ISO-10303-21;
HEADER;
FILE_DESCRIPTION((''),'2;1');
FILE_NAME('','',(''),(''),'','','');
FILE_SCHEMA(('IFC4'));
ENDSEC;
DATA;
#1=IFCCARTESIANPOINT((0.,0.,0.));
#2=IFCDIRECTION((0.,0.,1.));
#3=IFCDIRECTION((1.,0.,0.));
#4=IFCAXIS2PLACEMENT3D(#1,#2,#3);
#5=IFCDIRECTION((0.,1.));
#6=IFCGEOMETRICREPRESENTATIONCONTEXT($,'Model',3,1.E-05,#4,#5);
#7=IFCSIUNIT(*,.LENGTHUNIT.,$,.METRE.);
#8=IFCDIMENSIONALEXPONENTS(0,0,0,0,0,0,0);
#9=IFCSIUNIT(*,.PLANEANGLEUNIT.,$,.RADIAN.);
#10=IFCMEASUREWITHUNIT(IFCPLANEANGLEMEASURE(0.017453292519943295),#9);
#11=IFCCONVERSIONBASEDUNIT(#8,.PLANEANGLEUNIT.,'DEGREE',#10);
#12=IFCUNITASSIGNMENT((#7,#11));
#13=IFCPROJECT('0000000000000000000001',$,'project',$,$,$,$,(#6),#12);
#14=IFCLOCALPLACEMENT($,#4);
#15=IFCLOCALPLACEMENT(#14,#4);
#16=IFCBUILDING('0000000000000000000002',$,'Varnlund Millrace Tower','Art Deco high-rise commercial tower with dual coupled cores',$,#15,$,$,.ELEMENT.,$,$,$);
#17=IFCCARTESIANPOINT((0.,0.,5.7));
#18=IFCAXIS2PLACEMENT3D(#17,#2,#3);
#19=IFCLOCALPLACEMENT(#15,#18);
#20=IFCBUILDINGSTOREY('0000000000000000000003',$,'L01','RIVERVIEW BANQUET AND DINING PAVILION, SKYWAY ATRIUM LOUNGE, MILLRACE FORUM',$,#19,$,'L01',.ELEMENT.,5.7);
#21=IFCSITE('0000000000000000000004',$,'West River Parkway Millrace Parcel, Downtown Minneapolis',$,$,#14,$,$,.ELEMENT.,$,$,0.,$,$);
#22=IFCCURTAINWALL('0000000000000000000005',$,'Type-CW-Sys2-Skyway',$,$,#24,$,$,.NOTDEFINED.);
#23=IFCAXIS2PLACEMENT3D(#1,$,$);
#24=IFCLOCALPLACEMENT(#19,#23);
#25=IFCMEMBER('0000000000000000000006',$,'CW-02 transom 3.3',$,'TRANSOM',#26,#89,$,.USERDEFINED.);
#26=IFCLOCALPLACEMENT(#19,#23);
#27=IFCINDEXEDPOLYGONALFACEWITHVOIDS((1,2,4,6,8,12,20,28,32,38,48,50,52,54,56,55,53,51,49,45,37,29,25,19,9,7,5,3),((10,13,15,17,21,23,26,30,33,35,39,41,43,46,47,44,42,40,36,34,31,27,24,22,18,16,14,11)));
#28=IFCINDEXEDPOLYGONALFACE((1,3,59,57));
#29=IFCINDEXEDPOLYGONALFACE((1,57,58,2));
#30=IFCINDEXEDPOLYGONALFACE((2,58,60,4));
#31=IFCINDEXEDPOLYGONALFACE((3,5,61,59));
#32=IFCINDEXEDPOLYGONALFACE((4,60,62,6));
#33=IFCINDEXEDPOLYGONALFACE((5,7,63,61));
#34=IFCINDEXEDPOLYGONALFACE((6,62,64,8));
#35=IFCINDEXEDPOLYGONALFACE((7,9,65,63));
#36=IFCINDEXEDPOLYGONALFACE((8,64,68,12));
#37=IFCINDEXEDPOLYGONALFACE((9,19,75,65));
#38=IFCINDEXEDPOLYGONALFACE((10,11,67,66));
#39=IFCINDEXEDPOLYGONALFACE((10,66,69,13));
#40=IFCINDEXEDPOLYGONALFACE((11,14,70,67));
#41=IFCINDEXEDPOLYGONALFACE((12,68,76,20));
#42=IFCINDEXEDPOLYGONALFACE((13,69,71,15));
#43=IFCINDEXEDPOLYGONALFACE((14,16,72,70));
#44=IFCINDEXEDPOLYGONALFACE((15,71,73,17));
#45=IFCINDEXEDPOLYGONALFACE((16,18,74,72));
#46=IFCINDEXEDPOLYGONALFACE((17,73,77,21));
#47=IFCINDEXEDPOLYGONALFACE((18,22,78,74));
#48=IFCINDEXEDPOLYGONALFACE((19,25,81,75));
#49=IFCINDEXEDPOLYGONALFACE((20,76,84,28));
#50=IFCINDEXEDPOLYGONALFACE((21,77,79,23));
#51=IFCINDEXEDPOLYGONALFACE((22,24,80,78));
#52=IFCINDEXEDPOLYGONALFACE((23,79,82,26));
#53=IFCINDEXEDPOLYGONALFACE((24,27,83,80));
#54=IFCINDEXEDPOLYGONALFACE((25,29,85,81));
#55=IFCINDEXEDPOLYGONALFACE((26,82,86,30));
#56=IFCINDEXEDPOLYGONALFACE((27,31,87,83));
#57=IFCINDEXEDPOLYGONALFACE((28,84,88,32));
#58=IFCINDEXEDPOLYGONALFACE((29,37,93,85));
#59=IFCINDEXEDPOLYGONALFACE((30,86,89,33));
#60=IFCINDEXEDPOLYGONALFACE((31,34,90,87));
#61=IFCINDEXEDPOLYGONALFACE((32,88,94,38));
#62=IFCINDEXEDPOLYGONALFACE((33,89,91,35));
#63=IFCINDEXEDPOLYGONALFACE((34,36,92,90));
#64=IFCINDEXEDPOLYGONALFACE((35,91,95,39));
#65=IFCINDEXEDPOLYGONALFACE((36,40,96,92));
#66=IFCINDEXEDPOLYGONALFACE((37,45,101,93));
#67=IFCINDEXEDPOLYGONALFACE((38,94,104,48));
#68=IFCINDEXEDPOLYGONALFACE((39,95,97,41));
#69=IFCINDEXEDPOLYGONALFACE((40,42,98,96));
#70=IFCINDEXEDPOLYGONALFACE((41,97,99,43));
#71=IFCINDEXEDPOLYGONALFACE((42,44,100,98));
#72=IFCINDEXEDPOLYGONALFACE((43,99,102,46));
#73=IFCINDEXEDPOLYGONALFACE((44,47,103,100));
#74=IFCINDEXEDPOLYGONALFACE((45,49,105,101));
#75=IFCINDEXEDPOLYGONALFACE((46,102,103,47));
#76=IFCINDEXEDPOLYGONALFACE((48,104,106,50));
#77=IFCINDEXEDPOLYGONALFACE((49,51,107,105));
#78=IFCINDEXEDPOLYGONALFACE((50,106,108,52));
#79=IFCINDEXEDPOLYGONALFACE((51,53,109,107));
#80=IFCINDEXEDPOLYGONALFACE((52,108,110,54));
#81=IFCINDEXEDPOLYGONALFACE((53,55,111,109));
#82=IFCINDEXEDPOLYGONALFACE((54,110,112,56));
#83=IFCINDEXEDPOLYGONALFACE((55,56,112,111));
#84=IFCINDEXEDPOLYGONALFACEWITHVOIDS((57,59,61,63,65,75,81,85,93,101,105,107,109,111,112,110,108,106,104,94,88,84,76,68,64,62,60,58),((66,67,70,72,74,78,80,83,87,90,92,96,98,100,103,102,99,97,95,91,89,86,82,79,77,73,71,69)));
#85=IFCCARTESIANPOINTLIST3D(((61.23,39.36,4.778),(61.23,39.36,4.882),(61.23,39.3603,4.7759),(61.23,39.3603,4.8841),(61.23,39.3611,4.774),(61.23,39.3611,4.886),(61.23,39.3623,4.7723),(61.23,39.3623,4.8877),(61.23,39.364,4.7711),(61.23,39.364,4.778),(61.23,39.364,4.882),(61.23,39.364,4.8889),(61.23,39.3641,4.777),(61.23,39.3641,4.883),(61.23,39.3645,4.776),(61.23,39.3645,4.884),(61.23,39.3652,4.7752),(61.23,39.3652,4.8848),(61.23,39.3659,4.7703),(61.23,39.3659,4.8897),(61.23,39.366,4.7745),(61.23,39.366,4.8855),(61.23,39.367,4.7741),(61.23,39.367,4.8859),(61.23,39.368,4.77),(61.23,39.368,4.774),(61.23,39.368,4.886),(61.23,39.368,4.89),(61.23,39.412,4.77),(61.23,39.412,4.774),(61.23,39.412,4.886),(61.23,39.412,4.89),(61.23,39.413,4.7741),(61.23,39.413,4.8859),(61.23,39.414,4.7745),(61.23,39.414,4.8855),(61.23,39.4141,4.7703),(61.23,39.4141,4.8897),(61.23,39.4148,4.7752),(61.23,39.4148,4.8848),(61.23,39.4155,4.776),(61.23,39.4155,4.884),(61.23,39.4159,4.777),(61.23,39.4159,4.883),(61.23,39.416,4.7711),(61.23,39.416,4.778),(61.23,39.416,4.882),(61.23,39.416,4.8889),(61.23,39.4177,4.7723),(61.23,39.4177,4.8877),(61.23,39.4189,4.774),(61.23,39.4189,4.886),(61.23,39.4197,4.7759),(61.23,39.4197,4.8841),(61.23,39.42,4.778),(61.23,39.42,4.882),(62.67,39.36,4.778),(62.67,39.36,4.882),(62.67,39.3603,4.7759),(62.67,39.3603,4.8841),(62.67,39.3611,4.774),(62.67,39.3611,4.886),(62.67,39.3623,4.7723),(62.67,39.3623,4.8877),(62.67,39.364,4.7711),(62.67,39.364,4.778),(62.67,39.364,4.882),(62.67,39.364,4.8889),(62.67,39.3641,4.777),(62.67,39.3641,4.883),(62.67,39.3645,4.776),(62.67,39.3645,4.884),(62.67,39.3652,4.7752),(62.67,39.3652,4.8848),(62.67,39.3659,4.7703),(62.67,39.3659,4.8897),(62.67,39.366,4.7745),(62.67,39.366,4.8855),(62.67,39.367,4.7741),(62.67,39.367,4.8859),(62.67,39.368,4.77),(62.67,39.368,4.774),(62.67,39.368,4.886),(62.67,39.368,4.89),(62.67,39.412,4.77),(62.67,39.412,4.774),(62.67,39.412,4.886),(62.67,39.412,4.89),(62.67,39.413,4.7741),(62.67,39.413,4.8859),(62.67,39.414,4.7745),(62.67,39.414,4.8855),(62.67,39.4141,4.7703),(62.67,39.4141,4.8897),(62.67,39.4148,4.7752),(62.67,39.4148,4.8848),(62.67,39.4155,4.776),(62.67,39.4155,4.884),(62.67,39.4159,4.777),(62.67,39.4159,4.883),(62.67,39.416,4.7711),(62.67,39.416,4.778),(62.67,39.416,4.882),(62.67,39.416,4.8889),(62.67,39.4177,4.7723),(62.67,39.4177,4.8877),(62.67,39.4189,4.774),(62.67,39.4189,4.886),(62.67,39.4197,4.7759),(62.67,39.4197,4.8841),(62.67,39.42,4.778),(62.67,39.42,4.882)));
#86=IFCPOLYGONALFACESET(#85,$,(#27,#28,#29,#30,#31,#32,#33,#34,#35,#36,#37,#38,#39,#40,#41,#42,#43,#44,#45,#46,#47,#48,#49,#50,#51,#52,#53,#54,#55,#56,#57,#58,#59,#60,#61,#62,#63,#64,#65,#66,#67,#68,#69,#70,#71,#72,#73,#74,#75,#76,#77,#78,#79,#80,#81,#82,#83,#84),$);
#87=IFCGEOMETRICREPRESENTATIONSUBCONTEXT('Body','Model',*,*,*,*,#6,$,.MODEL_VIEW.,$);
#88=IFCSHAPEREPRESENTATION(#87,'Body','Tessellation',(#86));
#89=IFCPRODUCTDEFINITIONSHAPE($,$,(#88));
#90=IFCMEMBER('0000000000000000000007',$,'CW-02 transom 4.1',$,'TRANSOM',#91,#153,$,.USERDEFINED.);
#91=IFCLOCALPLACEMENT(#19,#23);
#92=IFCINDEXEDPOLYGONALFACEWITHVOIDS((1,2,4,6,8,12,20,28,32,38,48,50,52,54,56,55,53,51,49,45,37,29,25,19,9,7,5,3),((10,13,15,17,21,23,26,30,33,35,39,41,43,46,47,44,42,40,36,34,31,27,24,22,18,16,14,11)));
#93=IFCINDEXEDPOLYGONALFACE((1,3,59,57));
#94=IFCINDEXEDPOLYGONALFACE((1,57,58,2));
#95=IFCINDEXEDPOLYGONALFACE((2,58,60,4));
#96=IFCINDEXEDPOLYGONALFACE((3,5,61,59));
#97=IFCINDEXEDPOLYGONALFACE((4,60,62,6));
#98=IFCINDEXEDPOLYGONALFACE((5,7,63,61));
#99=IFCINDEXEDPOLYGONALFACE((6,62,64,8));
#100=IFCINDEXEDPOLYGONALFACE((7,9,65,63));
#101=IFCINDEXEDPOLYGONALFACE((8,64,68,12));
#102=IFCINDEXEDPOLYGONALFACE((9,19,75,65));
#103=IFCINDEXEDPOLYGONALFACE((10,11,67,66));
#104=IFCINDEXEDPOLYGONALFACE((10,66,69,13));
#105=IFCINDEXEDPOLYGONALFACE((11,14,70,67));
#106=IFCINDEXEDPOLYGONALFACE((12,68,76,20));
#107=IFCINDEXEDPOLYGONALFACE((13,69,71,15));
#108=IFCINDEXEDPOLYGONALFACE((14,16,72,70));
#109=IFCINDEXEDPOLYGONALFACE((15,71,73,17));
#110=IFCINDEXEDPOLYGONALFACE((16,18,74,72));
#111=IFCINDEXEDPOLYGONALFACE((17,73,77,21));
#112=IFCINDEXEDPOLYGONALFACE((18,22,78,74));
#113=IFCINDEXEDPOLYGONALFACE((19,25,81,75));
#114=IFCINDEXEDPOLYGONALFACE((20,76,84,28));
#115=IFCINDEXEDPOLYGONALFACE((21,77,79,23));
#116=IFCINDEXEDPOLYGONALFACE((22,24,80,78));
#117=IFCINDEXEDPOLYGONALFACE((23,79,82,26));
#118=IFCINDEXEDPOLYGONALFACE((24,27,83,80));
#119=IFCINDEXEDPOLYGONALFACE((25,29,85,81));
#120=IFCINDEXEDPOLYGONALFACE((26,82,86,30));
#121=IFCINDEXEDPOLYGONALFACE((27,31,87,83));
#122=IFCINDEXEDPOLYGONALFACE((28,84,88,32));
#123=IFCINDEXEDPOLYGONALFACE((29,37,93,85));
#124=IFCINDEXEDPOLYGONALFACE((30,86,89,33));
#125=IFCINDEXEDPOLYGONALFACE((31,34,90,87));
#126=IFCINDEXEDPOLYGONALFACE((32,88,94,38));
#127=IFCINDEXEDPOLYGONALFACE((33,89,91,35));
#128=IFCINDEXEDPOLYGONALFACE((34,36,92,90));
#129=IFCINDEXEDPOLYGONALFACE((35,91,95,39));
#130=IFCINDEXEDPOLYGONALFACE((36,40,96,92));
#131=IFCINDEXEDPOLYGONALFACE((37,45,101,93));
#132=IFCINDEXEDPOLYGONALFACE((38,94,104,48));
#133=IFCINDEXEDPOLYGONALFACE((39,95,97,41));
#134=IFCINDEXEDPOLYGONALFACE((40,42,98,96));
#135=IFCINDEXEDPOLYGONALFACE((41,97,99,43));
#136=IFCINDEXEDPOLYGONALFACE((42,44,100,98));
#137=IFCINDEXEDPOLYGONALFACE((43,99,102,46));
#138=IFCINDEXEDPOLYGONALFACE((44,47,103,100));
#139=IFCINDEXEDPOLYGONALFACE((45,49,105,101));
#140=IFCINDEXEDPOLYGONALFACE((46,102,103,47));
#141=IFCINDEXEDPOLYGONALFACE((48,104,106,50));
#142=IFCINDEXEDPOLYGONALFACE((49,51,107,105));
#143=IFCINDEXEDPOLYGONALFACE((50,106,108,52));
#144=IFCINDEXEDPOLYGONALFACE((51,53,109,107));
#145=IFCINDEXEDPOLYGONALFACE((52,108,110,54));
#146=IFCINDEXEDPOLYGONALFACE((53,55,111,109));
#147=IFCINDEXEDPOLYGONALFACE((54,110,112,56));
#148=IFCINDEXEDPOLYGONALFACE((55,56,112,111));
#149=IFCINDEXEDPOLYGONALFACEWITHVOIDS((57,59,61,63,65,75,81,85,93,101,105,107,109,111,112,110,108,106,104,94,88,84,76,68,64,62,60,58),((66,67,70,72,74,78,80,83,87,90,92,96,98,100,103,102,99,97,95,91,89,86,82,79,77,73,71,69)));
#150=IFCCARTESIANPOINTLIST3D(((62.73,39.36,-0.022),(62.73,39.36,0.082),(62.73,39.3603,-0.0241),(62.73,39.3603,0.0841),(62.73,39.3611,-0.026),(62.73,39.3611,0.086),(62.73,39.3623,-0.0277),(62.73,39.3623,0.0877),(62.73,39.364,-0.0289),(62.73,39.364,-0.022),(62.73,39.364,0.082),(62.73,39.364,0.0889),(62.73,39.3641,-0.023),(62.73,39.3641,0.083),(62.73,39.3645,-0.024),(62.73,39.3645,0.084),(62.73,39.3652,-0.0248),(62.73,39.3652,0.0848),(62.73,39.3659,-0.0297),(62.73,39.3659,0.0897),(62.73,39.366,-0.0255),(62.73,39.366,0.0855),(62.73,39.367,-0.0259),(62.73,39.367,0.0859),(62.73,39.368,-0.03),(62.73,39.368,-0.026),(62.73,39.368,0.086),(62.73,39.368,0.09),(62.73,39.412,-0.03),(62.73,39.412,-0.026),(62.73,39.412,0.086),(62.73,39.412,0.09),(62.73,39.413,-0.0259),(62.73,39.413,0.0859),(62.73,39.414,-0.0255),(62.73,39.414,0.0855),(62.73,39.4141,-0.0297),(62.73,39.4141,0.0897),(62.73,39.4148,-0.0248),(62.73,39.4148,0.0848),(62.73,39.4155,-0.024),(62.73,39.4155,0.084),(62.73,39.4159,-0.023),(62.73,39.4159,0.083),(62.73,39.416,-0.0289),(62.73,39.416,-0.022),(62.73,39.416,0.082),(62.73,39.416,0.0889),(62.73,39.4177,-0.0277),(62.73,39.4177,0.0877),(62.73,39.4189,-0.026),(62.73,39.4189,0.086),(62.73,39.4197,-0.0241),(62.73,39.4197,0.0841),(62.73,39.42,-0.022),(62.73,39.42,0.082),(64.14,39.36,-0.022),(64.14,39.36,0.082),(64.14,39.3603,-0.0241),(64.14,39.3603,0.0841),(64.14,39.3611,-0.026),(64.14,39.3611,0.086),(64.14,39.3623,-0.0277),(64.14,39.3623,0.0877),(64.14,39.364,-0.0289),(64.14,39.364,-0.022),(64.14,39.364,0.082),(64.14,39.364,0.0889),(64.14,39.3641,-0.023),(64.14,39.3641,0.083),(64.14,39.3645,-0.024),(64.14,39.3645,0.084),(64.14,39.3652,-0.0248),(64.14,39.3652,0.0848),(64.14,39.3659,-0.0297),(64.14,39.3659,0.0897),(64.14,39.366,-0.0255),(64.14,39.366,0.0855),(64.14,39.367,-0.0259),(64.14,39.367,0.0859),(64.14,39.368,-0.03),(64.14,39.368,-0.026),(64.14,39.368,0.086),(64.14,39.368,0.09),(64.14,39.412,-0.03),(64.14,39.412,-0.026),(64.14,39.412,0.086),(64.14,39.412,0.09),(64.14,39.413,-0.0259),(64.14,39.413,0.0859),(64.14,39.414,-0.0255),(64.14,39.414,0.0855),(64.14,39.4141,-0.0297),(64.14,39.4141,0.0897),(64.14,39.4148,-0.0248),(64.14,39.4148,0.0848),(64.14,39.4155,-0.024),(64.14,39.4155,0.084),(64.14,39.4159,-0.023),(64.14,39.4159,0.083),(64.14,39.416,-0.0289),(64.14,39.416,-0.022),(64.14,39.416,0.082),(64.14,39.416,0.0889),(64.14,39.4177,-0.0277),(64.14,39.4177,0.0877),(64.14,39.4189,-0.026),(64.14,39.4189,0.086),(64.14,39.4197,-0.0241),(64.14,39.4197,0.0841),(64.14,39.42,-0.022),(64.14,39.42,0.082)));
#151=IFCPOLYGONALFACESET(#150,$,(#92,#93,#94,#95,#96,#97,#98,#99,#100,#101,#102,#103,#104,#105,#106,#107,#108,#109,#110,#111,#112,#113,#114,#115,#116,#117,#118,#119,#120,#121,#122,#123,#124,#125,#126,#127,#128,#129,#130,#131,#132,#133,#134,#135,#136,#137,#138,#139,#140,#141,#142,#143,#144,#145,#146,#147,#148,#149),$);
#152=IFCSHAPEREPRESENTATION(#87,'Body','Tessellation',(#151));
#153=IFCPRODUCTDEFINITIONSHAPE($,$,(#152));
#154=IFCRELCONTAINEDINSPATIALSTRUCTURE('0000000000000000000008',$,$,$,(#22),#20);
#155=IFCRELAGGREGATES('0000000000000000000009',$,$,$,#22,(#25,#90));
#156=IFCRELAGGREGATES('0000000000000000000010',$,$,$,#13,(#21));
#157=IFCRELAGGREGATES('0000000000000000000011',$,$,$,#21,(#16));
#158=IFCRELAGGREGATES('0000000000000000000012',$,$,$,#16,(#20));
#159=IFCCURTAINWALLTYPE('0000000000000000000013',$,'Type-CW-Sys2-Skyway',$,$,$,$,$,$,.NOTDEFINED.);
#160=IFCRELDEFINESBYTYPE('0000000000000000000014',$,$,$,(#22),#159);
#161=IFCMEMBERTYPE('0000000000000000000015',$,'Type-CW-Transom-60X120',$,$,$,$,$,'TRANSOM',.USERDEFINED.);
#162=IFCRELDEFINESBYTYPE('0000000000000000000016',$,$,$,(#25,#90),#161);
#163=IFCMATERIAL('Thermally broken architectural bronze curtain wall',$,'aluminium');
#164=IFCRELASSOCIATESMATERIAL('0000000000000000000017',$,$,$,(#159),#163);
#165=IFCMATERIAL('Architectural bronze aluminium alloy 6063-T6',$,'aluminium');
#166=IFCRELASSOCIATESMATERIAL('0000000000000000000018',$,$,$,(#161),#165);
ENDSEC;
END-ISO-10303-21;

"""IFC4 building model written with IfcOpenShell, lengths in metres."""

from ifc_helpers import new_model, entity, si_unit, converted_unit, direction, frame, origin_with_axes, origin_2d_with_axis, place, context, subcontext, project, spatial, hollow_rectangle, extrude, material, material_profile, profile_set, type_object, element, aggregate, save


model = new_model("IFC4")

# Units and contexts
model_context = context("Model", 3, precision=1e-05, world=origin_with_axes(), true_north=direction((0.0, 1.0)))
body_context = subcontext(model_context, "Body", "Model", "MODEL_VIEW")
ifc_project = project(units=[si_unit("LENGTHUNIT", "METRE"), converted_unit("PLANEANGLEUNIT", "DEGREE", entity("IfcPlaneAngleMeasure", 0.017453292519943295), si_unit("PLANEANGLEUNIT", "RADIAN"), dimensions=[0, 0, 0, 0, 0, 0, 0])], contexts=[model_context])

# Site, building, storey
site_placement = place(None, origin_with_axes())
site = spatial("IfcSite", under=ifc_project, at=site_placement, Name="West River Parkway Millrace Parcel, Downtown Minneapolis", CompositionType="ELEMENT", RefElevation=0.0)
building_placement = place(site_placement, origin_with_axes())
building = spatial("IfcBuilding", under=site, at=building_placement, Name="Varnlund Millrace Tower", Description="Art Deco high-rise commercial tower with dual coupled cores", CompositionType="ELEMENT")
storey_placement = place(building_placement, frame((0.0, 0.0, 5.7), z_axis=(0.0, 0.0, 1.0), x_axis=(1.0, 0.0, 0.0)))
storey = spatial("IfcBuildingStorey", under=building, at=storey_placement, Name="L01", Description="RIVERVIEW BANQUET AND DINING PAVILION, SKYWAY ATRIUM LOUNGE, MILLRACE FORUM", LongName="L01", CompositionType="ELEMENT", Elevation=5.7)

# Curtain wall
ifc_material_1 = material(Name="Thermally broken architectural bronze curtain wall", Category="aluminium")
curtain_wall_type = type_object("IfcCurtainWallType", Name="Type-CW-Sys2-Skyway", PredefinedType="NOTDEFINED", material=ifc_material_1)
curtain_wall_1_placement = place(storey_placement, frame((58.2, 39.39, 0.0), z_axis=(0.0, 0.0, 1.0), x_axis=(1.0, 0.0, 0.0)))
curtain_wall_1 = element("IfcCurtainWall", 1, at=curtain_wall_1_placement, inside=storey, type_object=curtain_wall_type, Name="Type-CW-Sys2-Skyway", PredefinedType="NOTDEFINED")
ifc_material_2 = material(Name="Architectural bronze aluminium alloy 6063-T6", Category="aluminium")

# Members
ifc_material_profile_1 = material_profile(ifc_material_2, hollow_rectangle(XDim=0.06, YDim=0.12, WallThickness=0.004, InnerFilletRadius=0.004, OuterFilletRadius=0.008, at=origin_2d_with_axis()), Name="Architectural bronze aluminium alloy 6063-T6")
ifc_profile_set_1 = profile_set([ifc_material_profile_1], Name="Architectural bronze aluminium alloy 6063-T6")
member_type_1 = type_object("IfcMemberType", Name="Type-CW-Transom-60X120", ElementType="TRANSOM", PredefinedType="USERDEFINED", material=ifc_profile_set_1)
member_1_placement = place(storey_placement, frame((61.23, 39.39, 4.83), z_axis=(1.0, 0.0, 0.0), x_axis=(0.0, 1.0, 0.0)))
member_1 = element("IfcMember", 2, at=member_1_placement, type_object=member_type_1, Name="CW-02 transom 3.3", ObjectType="TRANSOM", PredefinedType="USERDEFINED", context=body_context, shape_type="SweptSolid", body=[
    extrude(hollow_rectangle(XDim=0.06, YDim=0.12, WallThickness=0.004, InnerFilletRadius=0.004, OuterFilletRadius=0.008, at=origin_2d_with_axis()), origin_with_axes(), (0.0, 0.0, 1.0), 1.44),
])
member_2_placement = place(storey_placement, frame((62.73, 39.39, 0.03), z_axis=(1.0, 0.0, 0.0), x_axis=(0.0, 1.0, 0.0)))
member_2 = element("IfcMember", 3, at=member_2_placement, type_object=member_type_1, Name="CW-02 transom 4.1", ObjectType="TRANSOM", PredefinedType="USERDEFINED", context=body_context, shape_type="SweptSolid", body=[
    extrude(hollow_rectangle(XDim=0.06, YDim=0.12, WallThickness=0.004, InnerFilletRadius=0.004, OuterFilletRadius=0.008, at=origin_2d_with_axis()), origin_with_axes(), (0.0, 0.0, 1.0), 1.41),
])

aggregate(curtain_wall_1, [member_1, member_2])

save(model, "model.ifc")
